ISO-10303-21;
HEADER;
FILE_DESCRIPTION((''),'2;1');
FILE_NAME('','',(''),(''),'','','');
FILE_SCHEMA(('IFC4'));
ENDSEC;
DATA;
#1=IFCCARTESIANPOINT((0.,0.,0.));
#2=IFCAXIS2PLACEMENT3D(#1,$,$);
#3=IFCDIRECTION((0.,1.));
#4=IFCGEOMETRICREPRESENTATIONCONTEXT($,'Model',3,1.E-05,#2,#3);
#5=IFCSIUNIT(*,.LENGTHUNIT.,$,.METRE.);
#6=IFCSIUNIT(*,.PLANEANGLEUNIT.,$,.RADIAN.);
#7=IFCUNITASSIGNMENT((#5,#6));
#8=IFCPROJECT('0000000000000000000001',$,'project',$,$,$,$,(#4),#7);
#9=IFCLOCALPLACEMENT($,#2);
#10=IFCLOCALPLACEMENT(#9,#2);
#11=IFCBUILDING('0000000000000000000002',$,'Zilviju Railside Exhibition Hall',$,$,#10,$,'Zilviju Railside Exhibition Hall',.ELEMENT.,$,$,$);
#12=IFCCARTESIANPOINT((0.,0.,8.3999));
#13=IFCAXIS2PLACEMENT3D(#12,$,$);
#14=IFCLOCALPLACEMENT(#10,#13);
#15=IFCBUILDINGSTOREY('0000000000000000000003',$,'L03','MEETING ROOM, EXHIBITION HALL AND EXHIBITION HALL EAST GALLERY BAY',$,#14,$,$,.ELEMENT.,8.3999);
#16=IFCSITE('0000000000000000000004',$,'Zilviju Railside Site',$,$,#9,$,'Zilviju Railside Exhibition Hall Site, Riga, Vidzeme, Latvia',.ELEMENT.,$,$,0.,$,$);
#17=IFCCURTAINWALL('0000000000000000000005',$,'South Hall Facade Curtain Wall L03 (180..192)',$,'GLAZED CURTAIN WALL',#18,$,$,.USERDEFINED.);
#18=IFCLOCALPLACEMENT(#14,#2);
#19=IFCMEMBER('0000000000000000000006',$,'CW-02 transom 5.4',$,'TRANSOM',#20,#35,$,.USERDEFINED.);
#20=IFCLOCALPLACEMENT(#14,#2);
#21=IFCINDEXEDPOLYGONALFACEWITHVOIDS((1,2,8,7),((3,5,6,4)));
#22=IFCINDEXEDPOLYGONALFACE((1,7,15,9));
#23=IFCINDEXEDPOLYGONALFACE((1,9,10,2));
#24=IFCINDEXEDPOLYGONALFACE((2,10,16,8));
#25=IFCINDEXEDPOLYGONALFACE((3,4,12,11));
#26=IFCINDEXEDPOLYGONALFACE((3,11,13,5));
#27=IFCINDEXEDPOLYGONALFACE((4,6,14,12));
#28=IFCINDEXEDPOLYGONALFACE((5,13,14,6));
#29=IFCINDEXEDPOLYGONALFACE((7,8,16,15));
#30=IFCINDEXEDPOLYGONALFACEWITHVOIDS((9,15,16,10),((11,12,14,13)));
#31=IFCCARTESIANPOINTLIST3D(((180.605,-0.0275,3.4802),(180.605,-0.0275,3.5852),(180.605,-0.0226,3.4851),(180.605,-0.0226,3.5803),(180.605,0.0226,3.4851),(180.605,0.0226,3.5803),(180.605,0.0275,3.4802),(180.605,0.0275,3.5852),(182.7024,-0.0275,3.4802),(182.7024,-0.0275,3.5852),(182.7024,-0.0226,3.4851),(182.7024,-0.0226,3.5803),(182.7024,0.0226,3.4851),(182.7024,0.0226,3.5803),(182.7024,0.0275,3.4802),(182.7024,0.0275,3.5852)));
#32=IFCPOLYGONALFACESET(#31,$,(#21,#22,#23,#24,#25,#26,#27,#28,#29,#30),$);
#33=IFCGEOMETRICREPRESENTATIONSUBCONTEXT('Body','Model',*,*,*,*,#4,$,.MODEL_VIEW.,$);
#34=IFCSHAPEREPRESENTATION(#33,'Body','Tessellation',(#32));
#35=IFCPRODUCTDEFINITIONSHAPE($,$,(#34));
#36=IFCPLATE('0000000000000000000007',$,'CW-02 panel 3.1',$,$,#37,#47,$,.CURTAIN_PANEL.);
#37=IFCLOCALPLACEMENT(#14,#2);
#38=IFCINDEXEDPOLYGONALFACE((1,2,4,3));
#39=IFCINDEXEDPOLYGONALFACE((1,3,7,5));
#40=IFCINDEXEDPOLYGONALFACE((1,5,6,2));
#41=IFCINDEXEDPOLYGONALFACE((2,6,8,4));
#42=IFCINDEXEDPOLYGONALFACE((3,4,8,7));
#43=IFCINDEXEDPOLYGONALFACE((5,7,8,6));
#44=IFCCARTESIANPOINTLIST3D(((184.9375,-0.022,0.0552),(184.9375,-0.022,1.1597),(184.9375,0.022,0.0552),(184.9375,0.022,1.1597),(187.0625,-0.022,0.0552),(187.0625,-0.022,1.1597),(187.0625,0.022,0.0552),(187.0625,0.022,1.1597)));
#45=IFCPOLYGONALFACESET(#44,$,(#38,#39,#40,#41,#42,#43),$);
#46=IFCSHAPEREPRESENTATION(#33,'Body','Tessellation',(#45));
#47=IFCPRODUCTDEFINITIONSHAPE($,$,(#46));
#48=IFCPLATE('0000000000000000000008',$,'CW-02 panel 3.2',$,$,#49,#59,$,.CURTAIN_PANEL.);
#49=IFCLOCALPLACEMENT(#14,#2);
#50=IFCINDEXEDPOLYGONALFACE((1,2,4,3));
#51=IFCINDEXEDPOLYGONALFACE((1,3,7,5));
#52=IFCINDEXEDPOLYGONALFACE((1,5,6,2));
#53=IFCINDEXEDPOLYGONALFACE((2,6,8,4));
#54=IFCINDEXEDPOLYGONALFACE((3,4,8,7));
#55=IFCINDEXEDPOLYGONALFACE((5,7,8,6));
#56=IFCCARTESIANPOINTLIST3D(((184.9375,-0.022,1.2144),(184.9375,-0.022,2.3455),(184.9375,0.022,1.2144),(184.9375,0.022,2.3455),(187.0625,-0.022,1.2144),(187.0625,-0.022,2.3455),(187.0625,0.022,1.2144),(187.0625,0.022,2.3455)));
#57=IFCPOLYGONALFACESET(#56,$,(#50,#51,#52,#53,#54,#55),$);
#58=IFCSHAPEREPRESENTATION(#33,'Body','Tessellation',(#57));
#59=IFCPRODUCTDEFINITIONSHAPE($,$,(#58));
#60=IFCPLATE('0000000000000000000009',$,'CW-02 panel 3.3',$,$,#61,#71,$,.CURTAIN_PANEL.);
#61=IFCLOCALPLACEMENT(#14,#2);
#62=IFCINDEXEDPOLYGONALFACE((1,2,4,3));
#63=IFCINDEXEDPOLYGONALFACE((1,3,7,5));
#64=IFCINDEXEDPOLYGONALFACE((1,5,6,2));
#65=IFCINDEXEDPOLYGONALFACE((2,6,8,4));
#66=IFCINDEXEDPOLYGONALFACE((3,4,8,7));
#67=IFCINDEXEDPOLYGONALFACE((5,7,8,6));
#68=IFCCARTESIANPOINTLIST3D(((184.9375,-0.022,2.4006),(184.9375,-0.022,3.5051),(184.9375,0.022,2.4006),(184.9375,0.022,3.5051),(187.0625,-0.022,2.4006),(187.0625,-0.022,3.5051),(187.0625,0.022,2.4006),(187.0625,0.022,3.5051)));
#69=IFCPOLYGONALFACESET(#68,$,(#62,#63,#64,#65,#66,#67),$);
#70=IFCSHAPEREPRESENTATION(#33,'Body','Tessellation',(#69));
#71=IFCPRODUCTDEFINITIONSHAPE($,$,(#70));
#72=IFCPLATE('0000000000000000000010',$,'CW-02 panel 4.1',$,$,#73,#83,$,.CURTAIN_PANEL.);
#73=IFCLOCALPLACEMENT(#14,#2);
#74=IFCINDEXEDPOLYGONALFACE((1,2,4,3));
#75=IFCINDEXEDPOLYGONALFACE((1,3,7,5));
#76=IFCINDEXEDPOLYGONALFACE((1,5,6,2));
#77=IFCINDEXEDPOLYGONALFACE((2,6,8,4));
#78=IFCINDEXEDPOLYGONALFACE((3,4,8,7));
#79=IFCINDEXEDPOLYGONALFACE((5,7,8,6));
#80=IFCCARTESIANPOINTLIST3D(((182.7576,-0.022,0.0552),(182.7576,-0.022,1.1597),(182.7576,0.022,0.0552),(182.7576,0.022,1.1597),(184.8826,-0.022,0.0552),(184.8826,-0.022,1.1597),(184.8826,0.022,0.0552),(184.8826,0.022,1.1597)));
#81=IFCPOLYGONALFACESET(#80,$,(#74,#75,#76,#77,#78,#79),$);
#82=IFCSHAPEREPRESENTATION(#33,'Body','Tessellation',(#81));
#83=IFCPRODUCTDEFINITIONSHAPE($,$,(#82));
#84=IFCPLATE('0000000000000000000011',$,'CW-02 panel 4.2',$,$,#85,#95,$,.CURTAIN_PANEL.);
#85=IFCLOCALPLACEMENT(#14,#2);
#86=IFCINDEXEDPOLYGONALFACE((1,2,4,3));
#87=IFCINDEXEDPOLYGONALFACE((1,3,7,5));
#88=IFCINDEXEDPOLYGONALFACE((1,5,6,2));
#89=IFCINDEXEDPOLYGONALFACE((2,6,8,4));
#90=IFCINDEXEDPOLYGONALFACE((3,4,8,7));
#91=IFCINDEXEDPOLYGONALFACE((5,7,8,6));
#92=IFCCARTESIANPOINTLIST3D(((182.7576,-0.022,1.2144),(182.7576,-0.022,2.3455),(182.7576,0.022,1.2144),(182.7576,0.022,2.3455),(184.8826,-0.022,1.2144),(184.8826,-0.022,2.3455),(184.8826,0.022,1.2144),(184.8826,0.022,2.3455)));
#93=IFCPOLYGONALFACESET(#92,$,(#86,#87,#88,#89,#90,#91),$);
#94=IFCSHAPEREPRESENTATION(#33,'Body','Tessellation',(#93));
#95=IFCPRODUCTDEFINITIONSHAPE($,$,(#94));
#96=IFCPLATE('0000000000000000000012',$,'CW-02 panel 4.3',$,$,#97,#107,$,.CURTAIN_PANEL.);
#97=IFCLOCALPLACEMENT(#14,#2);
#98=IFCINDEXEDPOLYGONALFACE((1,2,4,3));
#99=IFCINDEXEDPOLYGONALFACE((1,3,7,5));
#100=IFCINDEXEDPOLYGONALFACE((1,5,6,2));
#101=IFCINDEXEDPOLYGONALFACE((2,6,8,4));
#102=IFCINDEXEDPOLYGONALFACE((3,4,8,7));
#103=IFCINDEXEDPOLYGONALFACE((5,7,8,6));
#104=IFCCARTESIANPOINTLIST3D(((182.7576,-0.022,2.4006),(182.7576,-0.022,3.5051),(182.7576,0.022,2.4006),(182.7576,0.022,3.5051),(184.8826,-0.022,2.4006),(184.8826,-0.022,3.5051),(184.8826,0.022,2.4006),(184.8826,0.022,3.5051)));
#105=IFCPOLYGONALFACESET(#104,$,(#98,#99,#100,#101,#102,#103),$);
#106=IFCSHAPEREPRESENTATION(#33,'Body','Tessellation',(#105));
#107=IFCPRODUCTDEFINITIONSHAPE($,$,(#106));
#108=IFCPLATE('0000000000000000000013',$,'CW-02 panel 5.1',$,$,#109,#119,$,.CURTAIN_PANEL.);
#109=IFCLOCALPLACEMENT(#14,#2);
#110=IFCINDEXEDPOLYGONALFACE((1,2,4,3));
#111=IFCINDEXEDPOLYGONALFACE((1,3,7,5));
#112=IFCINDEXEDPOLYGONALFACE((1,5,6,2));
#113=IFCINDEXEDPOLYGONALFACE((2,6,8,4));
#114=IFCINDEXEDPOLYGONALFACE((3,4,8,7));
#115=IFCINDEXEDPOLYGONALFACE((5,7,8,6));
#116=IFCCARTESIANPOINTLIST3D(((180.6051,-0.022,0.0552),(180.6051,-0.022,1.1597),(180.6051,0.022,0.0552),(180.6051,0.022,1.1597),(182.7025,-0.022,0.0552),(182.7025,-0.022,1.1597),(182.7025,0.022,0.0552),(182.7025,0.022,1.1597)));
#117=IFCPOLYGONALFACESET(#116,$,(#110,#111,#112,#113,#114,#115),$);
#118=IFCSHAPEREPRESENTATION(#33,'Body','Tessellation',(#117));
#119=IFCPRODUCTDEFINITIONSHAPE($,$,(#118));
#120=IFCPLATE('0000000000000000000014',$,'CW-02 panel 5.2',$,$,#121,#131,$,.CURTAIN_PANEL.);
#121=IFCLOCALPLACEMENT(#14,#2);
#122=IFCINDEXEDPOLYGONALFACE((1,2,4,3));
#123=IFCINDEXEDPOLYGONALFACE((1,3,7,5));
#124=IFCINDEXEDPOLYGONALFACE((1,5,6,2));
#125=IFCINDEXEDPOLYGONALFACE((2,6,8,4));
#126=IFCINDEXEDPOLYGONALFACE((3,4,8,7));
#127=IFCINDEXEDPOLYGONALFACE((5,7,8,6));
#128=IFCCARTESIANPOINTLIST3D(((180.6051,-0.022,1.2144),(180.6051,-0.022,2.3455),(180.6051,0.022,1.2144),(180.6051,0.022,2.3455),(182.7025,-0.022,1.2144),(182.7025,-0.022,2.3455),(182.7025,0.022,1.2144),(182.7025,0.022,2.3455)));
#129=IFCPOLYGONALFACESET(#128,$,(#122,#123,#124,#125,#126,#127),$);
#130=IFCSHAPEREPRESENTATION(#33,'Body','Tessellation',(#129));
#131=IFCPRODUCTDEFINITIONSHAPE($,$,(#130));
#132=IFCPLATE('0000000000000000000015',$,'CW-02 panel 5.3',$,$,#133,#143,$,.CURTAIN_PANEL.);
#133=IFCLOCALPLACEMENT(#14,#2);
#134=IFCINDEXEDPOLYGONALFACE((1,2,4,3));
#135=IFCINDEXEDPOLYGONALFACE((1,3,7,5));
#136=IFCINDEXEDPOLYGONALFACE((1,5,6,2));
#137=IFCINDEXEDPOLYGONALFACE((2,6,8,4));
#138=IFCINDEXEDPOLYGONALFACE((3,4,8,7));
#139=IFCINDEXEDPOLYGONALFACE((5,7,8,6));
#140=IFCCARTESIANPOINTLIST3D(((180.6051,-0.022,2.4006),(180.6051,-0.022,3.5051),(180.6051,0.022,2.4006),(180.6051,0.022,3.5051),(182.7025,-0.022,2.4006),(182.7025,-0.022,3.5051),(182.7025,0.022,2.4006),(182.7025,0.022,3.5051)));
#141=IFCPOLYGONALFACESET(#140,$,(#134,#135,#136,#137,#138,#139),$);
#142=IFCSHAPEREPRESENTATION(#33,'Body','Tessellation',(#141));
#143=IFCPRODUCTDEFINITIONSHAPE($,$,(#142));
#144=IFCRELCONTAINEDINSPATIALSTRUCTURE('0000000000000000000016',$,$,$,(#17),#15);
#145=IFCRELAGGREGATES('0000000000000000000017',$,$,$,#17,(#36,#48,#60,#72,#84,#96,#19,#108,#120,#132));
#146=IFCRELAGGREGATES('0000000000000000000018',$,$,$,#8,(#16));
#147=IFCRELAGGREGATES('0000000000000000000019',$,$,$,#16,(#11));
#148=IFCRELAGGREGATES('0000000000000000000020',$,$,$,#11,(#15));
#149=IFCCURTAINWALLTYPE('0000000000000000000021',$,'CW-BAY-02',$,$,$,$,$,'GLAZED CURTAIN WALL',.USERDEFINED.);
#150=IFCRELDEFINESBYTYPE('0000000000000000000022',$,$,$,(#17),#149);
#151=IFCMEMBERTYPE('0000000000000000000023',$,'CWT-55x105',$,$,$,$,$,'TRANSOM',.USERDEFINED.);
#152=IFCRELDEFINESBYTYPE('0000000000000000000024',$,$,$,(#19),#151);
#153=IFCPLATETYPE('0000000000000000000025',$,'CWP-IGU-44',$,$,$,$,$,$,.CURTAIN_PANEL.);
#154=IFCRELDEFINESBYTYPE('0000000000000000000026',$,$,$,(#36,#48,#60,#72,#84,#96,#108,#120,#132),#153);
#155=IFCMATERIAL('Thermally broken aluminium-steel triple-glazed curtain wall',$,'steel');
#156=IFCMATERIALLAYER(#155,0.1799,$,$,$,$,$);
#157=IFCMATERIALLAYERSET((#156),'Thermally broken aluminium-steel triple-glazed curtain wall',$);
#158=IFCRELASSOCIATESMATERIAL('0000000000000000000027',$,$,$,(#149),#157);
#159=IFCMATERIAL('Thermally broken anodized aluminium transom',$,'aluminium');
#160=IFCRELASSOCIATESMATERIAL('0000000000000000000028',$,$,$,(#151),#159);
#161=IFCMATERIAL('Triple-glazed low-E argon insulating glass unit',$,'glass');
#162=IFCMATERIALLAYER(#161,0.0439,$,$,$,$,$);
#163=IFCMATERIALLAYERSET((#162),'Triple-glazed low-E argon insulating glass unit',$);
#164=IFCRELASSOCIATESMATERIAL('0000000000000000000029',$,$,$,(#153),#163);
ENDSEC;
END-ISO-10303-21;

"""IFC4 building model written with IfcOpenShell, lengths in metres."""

from ifc_helpers import new_model, si_unit, direction, frame, origin, origin_2d, place, context, subcontext, project, spatial, rectangle, hollow_rectangle, extrude, material, layer, layer_set, material_profile, profile_set, type_object, element, aggregate, save


model = new_model("IFC4")

# Units and contexts
model_context = context("Model", 3, precision=1e-05, world=origin(), true_north=direction((0.0, 1.0)))
body_context = subcontext(model_context, "Body", "Model", "MODEL_VIEW")
ifc_project = project(units=[si_unit("LENGTHUNIT", "METRE"), si_unit("PLANEANGLEUNIT", "RADIAN")], contexts=[model_context])

# Site, building, storey
site_placement = place(None, origin())
site = spatial("IfcSite", under=ifc_project, at=site_placement, Name="Zilviju Railside Site", LongName="Zilviju Railside Exhibition Hall Site, Riga, Vidzeme, Latvia", CompositionType="ELEMENT", RefElevation=0.0)
building_placement = place(site_placement, origin())
building = spatial("IfcBuilding", under=site, at=building_placement, Name="Zilviju Railside Exhibition Hall", LongName="Zilviju Railside Exhibition Hall", CompositionType="ELEMENT")
storey_placement = place(building_placement, frame((0.0, 0.0, 8.3999)))
storey = spatial("IfcBuildingStorey", under=building, at=storey_placement, Name="L03", Description="MEETING ROOM, EXHIBITION HALL AND EXHIBITION HALL EAST GALLERY BAY", CompositionType="ELEMENT", Elevation=8.3999)

# Curtain wall, member, plates
ifc_material_1 = material(Name="Thermally broken aluminium-steel triple-glazed curtain wall", Category="steel")
ifc_layer_1 = layer(ifc_material_1, 0.1799)
ifc_layer_set_1 = layer_set([ifc_layer_1], Name="Thermally broken aluminium-steel triple-glazed curtain wall")
curtain_wall_type = type_object("IfcCurtainWallType", Name="CW-BAY-02", ElementType="GLAZED CURTAIN WALL", PredefinedType="USERDEFINED", material=ifc_layer_set_1)
curtain_wall_placement = place(storey_placement, origin())
curtain_wall = element("IfcCurtainWall", 1, at=curtain_wall_placement, inside=storey, type_object=curtain_wall_type, Name="South Hall Facade Curtain Wall L03 (180..192)", ObjectType="GLAZED CURTAIN WALL", PredefinedType="USERDEFINED")
ifc_material_2 = material(Name="Thermally broken anodized aluminium transom", Category="aluminium")
ifc_material_profile_1 = material_profile(ifc_material_2, hollow_rectangle(XDim=0.0549, YDim=0.105, WallThickness=0.0049, at=origin_2d()), Name="TRANSOM 105x55x5")
ifc_profile_set_1 = profile_set([ifc_material_profile_1], Name="Thermally broken anodized aluminium transom")
member_type_1 = type_object("IfcMemberType", Name="CWT-55x105", ElementType="TRANSOM", PredefinedType="USERDEFINED", material=ifc_profile_set_1)
member_1_placement = place(storey_placement, frame((182.7024, 0.0, 3.5327), z_axis=(-1.0, 0.0, 0.0), x_axis=(0.0, -1.0, 0.0)))
member_1 = element("IfcMember", 2, at=member_1_placement, type_object=member_type_1, Name="CW-02 transom 5.4", ObjectType="TRANSOM", PredefinedType="USERDEFINED", context=body_context, shape_type="SweptSolid", body=[
    extrude(hollow_rectangle(XDim=0.0549, YDim=0.105, WallThickness=0.0049, at=origin_2d()), origin(), (0.0, 0.0, 1.0), 2.0974),
])
ifc_material_3 = material(Name="Triple-glazed low-E argon insulating glass unit", Category="glass")
ifc_layer_2 = layer(ifc_material_3, 0.0439)
ifc_layer_set_2 = layer_set([ifc_layer_2], Name="Triple-glazed low-E argon insulating glass unit")
plate_type = type_object("IfcPlateType", Name="CWP-IGU-44", PredefinedType="CURTAIN_PANEL", material=ifc_layer_set_2)
plate_1_placement = place(storey_placement, frame((186.0, 0.0, 0.0552), z_axis=(0.0, 0.0, 1.0), x_axis=(-1.0, 0.0, 0.0)))
plate_1 = element("IfcPlate", 3, at=plate_1_placement, type_object=plate_type, Name="CW-02 panel 3.1", PredefinedType="CURTAIN_PANEL", context=body_context, shape_type="SweptSolid", body=[
    extrude(rectangle(XDim=2.125, YDim=0.0439, at=origin_2d()), origin(), (0.0, 0.0, 1.0), 1.1045),
])
plate_2_placement = place(storey_placement, frame((186.0, 0.0, 1.2144), z_axis=(0.0, 0.0, 1.0), x_axis=(-1.0, 0.0, 0.0)))
plate_2 = element("IfcPlate", 4, at=plate_2_placement, type_object=plate_type, Name="CW-02 panel 3.2", PredefinedType="CURTAIN_PANEL", context=body_context, shape_type="SweptSolid", body=[
    extrude(rectangle(XDim=2.125, YDim=0.0439, at=origin_2d()), origin(), (0.0, 0.0, 1.0), 1.1311),
])
plate_3_placement = place(storey_placement, frame((186.0, 0.0, 2.4006), z_axis=(0.0, 0.0, 1.0), x_axis=(-1.0, 0.0, 0.0)))
plate_3 = element("IfcPlate", 5, at=plate_3_placement, type_object=plate_type, Name="CW-02 panel 3.3", PredefinedType="CURTAIN_PANEL", context=body_context, shape_type="SweptSolid", body=[
    extrude(rectangle(XDim=2.125, YDim=0.0439, at=origin_2d()), origin(), (0.0, 0.0, 1.0), 1.1045),
])
plate_4_placement = place(storey_placement, frame((183.8201, 0.0, 0.0552), z_axis=(0.0, 0.0, 1.0), x_axis=(-1.0, 0.0, 0.0)))
plate_4 = element("IfcPlate", 6, at=plate_4_placement, type_object=plate_type, Name="CW-02 panel 4.1", PredefinedType="CURTAIN_PANEL", context=body_context, shape_type="SweptSolid", body=[
    extrude(rectangle(XDim=2.125, YDim=0.0439, at=origin_2d()), origin(), (0.0, 0.0, 1.0), 1.1045),
])
plate_5_placement = place(storey_placement, frame((183.8201, 0.0, 1.2144), z_axis=(0.0, 0.0, 1.0), x_axis=(-1.0, 0.0, 0.0)))
plate_5 = element("IfcPlate", 7, at=plate_5_placement, type_object=plate_type, Name="CW-02 panel 4.2", PredefinedType="CURTAIN_PANEL", context=body_context, shape_type="SweptSolid", body=[
    extrude(rectangle(XDim=2.125, YDim=0.0439, at=origin_2d()), origin(), (0.0, 0.0, 1.0), 1.1311),
])
plate_6_placement = place(storey_placement, frame((183.8201, 0.0, 2.4006), z_axis=(0.0, 0.0, 1.0), x_axis=(-1.0, 0.0, 0.0)))
plate_6 = element("IfcPlate", 8, at=plate_6_placement, type_object=plate_type, Name="CW-02 panel 4.3", PredefinedType="CURTAIN_PANEL", context=body_context, shape_type="SweptSolid", body=[
    extrude(rectangle(XDim=2.125, YDim=0.0439, at=origin_2d()), origin(), (0.0, 0.0, 1.0), 1.1045),
])
plate_7_placement = place(storey_placement, frame((181.6538, 0.0, 0.0552), z_axis=(0.0, 0.0, 1.0), x_axis=(-1.0, 0.0, 0.0)))
plate_7 = element("IfcPlate", 9, at=plate_7_placement, type_object=plate_type, Name="CW-02 panel 5.1", PredefinedType="CURTAIN_PANEL", context=body_context, shape_type="SweptSolid", body=[
    extrude(rectangle(XDim=2.0974, YDim=0.0439, at=origin_2d()), origin(), (0.0, 0.0, 1.0), 1.1045),
])
plate_8_placement = place(storey_placement, frame((181.6538, 0.0, 1.2144), z_axis=(0.0, 0.0, 1.0), x_axis=(-1.0, 0.0, 0.0)))
plate_8 = element("IfcPlate", 10, at=plate_8_placement, type_object=plate_type, Name="CW-02 panel 5.2", PredefinedType="CURTAIN_PANEL", context=body_context, shape_type="SweptSolid", body=[
    extrude(rectangle(XDim=2.0974, YDim=0.0439, at=origin_2d()), origin(), (0.0, 0.0, 1.0), 1.1311),
])
plate_9_placement = place(storey_placement, frame((181.6538, 0.0, 2.4006), z_axis=(0.0, 0.0, 1.0), x_axis=(-1.0, 0.0, 0.0)))
plate_9 = element("IfcPlate", 11, at=plate_9_placement, type_object=plate_type, Name="CW-02 panel 5.3", PredefinedType="CURTAIN_PANEL", context=body_context, shape_type="SweptSolid", body=[
    extrude(rectangle(XDim=2.0974, YDim=0.0439, at=origin_2d()), origin(), (0.0, 0.0, 1.0), 1.1045),
])
aggregate(curtain_wall, [plate_1, plate_2, plate_3, plate_4, plate_5, plate_6, member_1, plate_7, plate_8, plate_9])

save(model, "model.ifc")
